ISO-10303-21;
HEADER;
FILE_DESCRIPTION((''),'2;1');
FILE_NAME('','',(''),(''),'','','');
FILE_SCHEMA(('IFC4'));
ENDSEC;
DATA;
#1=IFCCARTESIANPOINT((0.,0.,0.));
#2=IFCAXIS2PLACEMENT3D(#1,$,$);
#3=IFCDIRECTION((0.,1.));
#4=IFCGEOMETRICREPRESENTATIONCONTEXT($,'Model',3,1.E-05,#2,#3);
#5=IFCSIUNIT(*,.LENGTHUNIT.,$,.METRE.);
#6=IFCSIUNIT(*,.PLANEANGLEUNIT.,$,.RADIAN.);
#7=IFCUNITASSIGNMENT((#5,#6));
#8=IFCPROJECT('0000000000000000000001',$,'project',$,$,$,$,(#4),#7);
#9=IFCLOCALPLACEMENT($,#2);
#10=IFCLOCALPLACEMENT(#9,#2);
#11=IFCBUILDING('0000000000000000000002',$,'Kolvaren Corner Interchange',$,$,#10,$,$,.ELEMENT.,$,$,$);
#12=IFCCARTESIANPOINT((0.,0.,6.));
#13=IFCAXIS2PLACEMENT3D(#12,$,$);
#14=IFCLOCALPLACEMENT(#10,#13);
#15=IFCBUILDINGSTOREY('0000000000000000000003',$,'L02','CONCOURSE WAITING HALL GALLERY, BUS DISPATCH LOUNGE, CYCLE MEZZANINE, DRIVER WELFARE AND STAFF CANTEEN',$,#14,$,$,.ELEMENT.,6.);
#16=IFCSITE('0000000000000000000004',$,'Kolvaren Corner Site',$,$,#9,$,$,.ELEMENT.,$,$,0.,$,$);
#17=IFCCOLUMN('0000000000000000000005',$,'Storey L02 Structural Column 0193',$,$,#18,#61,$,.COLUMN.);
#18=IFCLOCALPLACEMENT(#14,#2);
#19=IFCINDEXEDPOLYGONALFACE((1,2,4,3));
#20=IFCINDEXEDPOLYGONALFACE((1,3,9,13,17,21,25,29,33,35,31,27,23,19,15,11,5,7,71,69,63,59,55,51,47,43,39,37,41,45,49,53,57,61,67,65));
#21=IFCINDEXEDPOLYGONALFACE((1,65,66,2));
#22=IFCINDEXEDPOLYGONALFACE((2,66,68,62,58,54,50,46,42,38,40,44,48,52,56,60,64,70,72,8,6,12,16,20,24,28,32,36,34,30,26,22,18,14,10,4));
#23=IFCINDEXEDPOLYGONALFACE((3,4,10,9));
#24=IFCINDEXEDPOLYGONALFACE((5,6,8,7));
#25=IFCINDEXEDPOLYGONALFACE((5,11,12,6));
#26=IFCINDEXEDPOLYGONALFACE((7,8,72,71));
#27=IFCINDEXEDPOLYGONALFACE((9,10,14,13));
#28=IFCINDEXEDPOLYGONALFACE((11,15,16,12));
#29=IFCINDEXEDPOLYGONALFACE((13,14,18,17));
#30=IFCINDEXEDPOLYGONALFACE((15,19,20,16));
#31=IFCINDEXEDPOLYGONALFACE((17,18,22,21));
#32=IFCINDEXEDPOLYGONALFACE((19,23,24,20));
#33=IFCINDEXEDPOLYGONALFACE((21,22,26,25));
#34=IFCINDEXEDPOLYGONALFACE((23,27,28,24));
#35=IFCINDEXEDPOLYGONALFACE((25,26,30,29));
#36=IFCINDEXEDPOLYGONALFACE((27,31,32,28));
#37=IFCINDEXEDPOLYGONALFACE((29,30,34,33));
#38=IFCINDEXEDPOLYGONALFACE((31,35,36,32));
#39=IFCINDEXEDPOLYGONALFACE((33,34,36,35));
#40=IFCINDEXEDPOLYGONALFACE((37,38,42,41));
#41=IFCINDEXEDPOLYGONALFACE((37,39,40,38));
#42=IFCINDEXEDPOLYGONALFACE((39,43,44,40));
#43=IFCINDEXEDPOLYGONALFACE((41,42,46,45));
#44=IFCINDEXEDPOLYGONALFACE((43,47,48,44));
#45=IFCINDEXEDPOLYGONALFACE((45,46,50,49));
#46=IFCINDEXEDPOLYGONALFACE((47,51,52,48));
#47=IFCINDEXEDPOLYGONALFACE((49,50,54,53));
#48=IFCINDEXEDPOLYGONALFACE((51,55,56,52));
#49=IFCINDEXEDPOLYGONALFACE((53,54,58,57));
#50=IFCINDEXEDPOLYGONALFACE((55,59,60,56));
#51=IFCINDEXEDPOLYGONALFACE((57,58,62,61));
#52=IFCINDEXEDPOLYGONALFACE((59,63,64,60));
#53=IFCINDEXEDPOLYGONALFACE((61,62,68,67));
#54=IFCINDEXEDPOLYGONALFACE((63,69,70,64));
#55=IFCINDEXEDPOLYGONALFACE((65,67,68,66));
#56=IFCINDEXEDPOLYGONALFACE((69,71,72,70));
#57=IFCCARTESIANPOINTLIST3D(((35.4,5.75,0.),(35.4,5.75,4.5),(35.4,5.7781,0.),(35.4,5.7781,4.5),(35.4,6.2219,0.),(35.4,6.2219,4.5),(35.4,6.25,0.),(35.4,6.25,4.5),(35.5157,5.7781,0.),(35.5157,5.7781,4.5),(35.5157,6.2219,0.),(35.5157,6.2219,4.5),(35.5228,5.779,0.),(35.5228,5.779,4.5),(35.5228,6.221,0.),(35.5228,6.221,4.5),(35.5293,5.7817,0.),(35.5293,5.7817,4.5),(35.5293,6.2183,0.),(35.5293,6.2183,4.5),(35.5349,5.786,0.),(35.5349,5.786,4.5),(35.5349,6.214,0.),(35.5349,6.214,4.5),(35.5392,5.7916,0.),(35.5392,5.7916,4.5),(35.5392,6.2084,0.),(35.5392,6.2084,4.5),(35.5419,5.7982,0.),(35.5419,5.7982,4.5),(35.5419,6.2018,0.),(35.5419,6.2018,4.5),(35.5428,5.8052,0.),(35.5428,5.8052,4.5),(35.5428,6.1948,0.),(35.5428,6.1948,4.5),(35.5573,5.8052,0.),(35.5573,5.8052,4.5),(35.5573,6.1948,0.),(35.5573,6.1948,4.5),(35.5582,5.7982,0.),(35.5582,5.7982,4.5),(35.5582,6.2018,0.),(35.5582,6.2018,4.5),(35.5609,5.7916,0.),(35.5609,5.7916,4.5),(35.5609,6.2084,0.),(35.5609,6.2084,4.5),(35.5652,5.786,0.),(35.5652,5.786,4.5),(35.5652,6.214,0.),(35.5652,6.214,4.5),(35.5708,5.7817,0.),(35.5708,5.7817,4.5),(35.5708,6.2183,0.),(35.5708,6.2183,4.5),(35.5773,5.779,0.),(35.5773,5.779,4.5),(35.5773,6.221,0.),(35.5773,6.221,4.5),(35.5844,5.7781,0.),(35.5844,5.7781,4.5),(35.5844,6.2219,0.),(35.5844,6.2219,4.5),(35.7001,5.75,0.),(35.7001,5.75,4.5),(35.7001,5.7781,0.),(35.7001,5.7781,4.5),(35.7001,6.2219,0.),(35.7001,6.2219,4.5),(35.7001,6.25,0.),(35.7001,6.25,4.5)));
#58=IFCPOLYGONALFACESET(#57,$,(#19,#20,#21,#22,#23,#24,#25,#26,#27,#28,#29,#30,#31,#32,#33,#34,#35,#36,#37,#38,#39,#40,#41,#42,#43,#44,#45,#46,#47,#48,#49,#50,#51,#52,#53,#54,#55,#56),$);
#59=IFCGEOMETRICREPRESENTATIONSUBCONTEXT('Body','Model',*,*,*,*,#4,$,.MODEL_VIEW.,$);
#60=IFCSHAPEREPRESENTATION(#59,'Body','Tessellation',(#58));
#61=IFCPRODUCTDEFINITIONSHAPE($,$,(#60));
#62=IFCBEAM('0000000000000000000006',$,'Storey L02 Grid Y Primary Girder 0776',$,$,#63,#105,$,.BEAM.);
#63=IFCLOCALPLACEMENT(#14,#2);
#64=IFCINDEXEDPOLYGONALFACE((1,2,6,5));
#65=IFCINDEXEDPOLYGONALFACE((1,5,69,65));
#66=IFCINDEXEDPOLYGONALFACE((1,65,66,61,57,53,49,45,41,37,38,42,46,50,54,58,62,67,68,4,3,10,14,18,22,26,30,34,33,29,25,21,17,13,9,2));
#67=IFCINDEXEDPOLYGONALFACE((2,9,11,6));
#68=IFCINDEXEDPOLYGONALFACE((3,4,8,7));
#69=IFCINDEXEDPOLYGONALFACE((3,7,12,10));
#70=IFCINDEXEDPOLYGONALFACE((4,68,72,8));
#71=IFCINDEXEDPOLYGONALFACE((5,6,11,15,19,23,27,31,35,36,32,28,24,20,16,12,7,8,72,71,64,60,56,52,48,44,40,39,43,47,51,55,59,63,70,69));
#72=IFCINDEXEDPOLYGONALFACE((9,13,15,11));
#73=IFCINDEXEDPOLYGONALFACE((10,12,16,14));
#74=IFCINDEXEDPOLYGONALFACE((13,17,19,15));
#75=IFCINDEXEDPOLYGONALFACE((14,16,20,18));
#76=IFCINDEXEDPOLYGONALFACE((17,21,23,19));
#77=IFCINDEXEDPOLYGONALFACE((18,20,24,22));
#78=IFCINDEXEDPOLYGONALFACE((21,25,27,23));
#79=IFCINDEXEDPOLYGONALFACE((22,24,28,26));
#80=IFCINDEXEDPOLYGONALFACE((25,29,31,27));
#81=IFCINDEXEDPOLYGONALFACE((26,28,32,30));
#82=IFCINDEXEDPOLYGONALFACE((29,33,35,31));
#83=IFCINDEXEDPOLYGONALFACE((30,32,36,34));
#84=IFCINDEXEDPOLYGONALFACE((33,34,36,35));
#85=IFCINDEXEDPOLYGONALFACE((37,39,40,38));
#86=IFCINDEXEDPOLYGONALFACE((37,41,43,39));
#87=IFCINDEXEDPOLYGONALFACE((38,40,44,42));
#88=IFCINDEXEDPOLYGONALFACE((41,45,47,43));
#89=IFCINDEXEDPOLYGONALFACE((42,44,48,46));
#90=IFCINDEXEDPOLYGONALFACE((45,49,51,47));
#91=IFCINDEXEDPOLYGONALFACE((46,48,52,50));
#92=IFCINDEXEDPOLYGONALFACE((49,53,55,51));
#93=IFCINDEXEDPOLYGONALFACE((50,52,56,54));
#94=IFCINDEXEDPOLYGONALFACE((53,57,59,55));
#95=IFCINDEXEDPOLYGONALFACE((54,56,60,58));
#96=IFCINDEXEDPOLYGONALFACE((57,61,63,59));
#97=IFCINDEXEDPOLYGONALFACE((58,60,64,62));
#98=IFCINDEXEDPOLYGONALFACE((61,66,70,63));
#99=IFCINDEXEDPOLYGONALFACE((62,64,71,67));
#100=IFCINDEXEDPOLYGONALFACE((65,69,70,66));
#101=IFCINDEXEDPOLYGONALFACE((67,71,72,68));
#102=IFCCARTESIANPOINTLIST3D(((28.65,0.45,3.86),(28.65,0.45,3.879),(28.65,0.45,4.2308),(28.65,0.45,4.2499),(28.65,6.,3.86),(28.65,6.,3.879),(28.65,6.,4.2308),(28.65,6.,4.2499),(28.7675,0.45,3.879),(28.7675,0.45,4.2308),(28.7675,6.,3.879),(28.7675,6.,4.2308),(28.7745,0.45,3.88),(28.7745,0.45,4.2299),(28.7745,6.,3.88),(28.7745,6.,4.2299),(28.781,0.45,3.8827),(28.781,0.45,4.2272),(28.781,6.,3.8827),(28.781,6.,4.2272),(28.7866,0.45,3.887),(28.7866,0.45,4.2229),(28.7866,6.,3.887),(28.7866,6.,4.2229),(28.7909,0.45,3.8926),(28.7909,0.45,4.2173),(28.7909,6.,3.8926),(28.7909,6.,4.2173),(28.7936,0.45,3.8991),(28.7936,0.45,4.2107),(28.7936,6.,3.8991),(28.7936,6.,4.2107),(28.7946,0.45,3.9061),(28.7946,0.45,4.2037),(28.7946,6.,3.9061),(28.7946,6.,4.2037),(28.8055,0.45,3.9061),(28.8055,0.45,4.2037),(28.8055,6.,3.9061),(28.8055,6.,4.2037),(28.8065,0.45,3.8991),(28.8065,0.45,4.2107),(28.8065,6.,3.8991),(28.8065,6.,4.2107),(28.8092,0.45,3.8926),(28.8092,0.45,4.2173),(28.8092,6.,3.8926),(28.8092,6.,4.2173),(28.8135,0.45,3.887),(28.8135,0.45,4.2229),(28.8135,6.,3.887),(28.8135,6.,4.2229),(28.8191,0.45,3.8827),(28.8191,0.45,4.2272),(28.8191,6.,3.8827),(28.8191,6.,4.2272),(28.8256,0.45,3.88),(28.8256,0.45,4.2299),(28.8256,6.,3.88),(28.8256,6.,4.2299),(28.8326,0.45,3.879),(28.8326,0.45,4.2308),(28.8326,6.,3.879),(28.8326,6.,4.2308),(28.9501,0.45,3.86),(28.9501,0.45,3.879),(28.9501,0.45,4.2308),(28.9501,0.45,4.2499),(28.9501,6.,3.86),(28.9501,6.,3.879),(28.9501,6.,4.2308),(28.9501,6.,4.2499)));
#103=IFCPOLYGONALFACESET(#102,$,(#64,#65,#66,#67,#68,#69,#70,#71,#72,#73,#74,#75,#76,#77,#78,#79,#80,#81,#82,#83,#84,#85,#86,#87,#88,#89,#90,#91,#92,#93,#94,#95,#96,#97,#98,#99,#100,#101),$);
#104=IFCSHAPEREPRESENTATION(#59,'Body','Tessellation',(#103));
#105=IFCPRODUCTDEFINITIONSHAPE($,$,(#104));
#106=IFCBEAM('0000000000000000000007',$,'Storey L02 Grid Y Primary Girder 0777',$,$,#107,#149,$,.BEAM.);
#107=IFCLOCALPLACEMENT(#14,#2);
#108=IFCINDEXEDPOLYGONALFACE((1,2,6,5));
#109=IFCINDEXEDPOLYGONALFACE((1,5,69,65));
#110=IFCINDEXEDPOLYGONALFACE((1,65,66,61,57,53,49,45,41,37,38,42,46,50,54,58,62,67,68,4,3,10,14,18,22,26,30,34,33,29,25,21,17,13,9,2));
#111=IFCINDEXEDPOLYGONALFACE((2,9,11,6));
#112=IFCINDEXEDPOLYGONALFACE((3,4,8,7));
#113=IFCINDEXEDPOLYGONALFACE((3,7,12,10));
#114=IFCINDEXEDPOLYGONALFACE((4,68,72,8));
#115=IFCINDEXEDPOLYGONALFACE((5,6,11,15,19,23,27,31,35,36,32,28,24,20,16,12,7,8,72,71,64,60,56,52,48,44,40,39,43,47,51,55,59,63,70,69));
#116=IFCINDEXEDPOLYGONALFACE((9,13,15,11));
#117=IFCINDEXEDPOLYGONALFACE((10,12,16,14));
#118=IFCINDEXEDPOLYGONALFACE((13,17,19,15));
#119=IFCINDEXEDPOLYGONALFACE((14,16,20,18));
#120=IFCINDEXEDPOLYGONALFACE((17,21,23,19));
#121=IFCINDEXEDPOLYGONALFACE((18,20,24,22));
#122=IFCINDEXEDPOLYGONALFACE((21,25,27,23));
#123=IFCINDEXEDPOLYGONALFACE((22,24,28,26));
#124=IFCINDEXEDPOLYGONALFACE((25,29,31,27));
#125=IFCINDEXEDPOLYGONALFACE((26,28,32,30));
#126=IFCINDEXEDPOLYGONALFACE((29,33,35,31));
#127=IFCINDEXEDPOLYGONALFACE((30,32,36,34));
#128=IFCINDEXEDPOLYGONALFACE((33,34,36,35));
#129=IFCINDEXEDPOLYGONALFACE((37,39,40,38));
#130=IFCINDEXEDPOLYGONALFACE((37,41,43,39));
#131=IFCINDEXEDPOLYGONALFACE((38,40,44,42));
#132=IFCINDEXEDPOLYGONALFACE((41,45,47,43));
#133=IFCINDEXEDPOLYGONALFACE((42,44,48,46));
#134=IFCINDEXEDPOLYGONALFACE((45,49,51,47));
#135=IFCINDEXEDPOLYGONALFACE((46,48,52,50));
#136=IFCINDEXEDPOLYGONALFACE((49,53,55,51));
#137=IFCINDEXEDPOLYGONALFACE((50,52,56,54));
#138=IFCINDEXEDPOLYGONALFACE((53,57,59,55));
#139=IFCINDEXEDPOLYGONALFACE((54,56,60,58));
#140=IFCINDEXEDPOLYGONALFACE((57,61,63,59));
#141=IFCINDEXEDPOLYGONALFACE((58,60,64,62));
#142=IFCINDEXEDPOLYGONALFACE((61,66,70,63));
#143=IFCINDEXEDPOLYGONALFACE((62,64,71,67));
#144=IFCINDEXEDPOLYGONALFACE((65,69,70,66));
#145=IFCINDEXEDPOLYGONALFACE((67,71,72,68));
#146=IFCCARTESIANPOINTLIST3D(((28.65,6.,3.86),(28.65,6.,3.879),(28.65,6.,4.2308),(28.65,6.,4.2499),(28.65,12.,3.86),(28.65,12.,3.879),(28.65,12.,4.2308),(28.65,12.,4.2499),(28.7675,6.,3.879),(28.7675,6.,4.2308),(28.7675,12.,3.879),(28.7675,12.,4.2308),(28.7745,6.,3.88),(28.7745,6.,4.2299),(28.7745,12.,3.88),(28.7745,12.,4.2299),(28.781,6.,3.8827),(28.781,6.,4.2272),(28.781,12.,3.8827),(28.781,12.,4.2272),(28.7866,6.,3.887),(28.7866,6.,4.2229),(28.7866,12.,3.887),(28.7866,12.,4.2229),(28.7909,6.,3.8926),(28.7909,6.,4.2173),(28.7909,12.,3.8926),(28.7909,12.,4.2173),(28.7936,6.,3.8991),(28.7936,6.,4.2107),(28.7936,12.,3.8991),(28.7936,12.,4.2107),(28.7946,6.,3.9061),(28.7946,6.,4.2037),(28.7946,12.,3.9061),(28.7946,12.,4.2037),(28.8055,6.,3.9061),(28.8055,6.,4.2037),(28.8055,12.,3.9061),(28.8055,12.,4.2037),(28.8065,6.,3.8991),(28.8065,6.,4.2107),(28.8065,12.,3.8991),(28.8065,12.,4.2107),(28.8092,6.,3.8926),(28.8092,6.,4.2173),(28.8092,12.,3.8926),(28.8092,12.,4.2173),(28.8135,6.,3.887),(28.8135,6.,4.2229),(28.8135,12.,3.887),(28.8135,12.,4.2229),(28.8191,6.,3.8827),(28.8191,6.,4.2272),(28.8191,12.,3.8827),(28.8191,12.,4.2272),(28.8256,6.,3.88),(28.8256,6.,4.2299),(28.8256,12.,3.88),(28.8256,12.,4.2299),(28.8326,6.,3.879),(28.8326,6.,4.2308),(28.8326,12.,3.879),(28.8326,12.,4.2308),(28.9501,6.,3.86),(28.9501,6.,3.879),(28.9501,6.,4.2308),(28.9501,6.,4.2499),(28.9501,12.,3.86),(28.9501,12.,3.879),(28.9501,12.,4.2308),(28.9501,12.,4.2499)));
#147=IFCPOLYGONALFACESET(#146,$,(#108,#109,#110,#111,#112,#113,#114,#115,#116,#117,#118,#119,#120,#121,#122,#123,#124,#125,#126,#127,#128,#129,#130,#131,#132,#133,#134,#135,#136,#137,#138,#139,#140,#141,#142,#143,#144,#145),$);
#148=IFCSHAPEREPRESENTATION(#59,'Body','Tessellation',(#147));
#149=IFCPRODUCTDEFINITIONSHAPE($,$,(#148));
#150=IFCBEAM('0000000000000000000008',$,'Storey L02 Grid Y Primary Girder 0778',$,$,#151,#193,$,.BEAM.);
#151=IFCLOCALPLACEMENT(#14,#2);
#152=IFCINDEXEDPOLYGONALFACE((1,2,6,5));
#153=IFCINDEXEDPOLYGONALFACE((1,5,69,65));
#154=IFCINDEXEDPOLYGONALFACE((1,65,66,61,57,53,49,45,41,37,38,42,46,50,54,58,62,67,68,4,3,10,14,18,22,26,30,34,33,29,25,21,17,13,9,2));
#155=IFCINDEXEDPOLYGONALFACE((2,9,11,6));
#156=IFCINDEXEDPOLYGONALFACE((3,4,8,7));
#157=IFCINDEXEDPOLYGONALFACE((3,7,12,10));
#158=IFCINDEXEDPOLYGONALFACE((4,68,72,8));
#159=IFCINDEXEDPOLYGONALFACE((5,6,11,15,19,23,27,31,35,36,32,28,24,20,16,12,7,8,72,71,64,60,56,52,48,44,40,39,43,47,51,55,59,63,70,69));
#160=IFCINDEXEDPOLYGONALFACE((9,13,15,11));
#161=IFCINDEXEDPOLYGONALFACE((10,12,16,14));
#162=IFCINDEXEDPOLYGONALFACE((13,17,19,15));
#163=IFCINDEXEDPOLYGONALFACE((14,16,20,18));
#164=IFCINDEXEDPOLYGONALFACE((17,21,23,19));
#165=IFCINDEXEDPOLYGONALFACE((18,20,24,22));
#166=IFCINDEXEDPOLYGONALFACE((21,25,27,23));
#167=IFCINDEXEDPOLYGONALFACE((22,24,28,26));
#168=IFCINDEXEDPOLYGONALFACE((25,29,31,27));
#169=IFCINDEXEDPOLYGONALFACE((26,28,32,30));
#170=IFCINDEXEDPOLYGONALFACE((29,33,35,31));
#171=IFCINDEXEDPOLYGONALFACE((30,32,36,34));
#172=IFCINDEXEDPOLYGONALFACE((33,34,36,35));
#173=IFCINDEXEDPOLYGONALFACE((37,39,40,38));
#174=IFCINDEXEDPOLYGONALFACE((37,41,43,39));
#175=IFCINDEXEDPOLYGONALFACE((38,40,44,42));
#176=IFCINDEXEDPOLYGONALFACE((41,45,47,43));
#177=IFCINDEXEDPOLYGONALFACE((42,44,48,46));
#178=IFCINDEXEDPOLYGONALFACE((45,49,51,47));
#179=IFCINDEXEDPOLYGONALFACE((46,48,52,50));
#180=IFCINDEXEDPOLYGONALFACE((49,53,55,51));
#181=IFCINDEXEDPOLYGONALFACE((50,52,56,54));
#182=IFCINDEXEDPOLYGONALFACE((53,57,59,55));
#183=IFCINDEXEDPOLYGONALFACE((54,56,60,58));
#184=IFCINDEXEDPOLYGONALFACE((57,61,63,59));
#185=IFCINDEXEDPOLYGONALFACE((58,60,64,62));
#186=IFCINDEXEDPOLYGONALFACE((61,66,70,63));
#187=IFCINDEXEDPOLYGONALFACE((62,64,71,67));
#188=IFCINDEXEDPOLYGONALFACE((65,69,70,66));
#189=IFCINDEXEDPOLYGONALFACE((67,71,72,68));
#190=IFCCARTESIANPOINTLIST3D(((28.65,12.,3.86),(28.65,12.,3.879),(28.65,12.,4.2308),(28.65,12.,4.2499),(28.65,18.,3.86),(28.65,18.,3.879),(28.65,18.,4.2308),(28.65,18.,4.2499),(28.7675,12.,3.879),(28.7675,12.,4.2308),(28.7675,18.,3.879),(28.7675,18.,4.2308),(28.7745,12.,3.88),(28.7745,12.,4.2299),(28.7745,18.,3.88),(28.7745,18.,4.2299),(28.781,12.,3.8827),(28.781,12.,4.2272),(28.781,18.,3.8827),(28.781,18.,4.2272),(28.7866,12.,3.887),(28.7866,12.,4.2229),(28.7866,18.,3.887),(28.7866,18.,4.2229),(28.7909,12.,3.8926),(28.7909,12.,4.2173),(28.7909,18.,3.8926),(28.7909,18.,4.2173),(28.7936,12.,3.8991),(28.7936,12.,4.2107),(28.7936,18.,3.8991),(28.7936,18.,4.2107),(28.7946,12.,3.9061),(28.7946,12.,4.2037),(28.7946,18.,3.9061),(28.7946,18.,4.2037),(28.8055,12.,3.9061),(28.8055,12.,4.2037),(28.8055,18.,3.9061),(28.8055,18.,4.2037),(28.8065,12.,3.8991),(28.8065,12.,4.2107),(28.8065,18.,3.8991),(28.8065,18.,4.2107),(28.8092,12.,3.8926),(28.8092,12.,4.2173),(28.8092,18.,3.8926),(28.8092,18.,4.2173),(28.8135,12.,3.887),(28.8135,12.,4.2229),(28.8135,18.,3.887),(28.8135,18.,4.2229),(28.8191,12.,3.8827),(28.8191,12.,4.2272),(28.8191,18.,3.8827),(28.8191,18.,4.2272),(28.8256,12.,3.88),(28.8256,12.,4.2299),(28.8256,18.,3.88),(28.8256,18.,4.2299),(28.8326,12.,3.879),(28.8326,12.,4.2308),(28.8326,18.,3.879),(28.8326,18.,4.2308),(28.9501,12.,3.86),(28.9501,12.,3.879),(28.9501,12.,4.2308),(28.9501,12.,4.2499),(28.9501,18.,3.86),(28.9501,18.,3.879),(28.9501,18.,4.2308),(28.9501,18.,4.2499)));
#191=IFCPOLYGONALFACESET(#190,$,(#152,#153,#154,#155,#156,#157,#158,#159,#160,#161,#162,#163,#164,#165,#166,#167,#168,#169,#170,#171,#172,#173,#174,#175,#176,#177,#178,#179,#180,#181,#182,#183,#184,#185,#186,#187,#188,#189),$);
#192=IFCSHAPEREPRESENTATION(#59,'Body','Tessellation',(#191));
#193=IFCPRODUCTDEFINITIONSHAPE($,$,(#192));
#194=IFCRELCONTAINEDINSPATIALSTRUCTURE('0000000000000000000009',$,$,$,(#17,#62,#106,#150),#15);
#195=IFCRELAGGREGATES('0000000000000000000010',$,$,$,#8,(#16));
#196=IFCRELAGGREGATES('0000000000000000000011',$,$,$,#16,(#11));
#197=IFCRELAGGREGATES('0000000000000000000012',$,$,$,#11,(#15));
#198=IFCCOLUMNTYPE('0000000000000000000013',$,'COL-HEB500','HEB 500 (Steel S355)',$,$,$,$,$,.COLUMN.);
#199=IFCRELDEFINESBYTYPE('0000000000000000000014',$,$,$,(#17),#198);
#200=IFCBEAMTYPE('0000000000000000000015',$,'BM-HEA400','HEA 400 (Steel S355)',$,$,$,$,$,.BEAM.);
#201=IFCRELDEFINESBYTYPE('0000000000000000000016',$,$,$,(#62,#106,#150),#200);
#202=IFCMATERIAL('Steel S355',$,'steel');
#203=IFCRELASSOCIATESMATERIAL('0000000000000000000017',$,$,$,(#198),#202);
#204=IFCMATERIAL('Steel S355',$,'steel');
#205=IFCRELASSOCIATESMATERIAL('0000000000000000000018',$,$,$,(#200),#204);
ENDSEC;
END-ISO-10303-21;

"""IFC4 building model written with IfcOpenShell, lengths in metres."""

from ifc_helpers import new_model, si_unit, direction, frame, origin, origin_2d, place, context, subcontext, project, spatial, i_section, extrude, material, material_profile, profile_set, type_object, element, save


model = new_model("IFC4")

# Units and contexts
model_context = context("Model", 3, precision=1e-05, world=origin(), true_north=direction((0.0, 1.0)))
body_context = subcontext(model_context, "Body", "Model", "MODEL_VIEW")
ifc_project = project(units=[si_unit("LENGTHUNIT", "METRE"), si_unit("PLANEANGLEUNIT", "RADIAN")], contexts=[model_context])

# Site, building, storey
site_placement = place(None, origin())
site = spatial("IfcSite", under=ifc_project, at=site_placement, Name="Kolvaren Corner Site", CompositionType="ELEMENT", RefElevation=0.0)
building_placement = place(site_placement, origin())
building = spatial("IfcBuilding", under=site, at=building_placement, Name="Kolvaren Corner Interchange", CompositionType="ELEMENT")
storey_placement = place(building_placement, frame((0.0, 0.0, 6.0)))
storey = spatial("IfcBuildingStorey", under=building, at=storey_placement, Name="L02", Description="CONCOURSE WAITING HALL GALLERY, BUS DISPATCH LOUNGE, CYCLE MEZZANINE, DRIVER WELFARE AND STAFF CANTEEN", CompositionType="ELEMENT", Elevation=6.0)

# Column
ifc_material_1 = material(Name="Steel S355", Category="steel")
ifc_material_profile_1 = material_profile(ifc_material_1, i_section(OverallWidth=0.3, OverallDepth=0.5, WebThickness=0.0144, FlangeThickness=0.0281, FilletRadius=0.0271, at=origin_2d()), Name="HEB 500")
ifc_profile_set_1 = profile_set([ifc_material_profile_1], Name="Steel S355")
column_type = type_object("IfcColumnType", Name="COL-HEB500", Description="HEB 500 (Steel S355)", PredefinedType="COLUMN", material=ifc_profile_set_1)
for number, where, z_axis, x_axis, name in (
    (1, (35.55, 6.0, 0.0), (0.0, 0.0, 1.0), (1.0, 0.0, 0.0), "Storey L02 Structural Column 0193"),
):
    element("IfcColumn", number, at=place(storey_placement, frame(where, z_axis=z_axis, x_axis=x_axis)), inside=storey, type_object=column_type, Name=name, PredefinedType="COLUMN", context=body_context, shape_type="SweptSolid", body=[
        extrude(i_section(OverallWidth=0.3, OverallDepth=0.5, WebThickness=0.0144, FlangeThickness=0.0281, FilletRadius=0.0271, at=origin_2d()), origin(), (0.0, 0.0, 1.0), 4.5),
    ])

# Beams
ifc_material_2 = material(Name="Steel S355", Category="steel")
ifc_material_profile_2 = material_profile(ifc_material_2, i_section(OverallWidth=0.3, OverallDepth=0.3899, WebThickness=0.011, FlangeThickness=0.019, FilletRadius=0.0271, at=origin_2d()), Name="HEA 400")
ifc_profile_set_2 = profile_set([ifc_material_profile_2], Name="Steel S355")
beam_type_1 = type_object("IfcBeamType", Name="BM-HEA400", Description="HEA 400 (Steel S355)", PredefinedType="BEAM", material=ifc_profile_set_2)
beam_1_placement = place(storey_placement, frame((28.8, 0.45, 4.0549), z_axis=(0.0, 1.0, 0.0), x_axis=(-1.0, 0.0, 0.0)))
element("IfcBeam", 2, at=beam_1_placement, inside=storey, type_object=beam_type_1, Name="Storey L02 Grid Y Primary Girder 0776", PredefinedType="BEAM", context=body_context, shape_type="SweptSolid", body=[
    extrude(i_section(OverallWidth=0.3, OverallDepth=0.3899, WebThickness=0.011, FlangeThickness=0.019, FilletRadius=0.0271, at=origin_2d()), origin(), (0.0, 0.0, 1.0), 5.55),
])
for number, where, z_axis, x_axis, name in (
    (3, (28.8, 6.0, 4.0549), (0.0, 1.0, 0.0), (-1.0, 0.0, 0.0), "Storey L02 Grid Y Primary Girder 0777"),
    (4, (28.8, 12.0, 4.0549), (0.0, 1.0, 0.0), (-1.0, 0.0, 0.0), "Storey L02 Grid Y Primary Girder 0778"),
):
    element("IfcBeam", number, at=place(storey_placement, frame(where, z_axis=z_axis, x_axis=x_axis)), inside=storey, type_object=beam_type_1, Name=name, PredefinedType="BEAM", context=body_context, shape_type="SweptSolid", body=[
        extrude(i_section(OverallWidth=0.3, OverallDepth=0.3899, WebThickness=0.011, FlangeThickness=0.019, FilletRadius=0.0271, at=origin_2d()), origin(), (0.0, 0.0, 1.0), 6.0),
    ])

save(model, "model.ifc")
